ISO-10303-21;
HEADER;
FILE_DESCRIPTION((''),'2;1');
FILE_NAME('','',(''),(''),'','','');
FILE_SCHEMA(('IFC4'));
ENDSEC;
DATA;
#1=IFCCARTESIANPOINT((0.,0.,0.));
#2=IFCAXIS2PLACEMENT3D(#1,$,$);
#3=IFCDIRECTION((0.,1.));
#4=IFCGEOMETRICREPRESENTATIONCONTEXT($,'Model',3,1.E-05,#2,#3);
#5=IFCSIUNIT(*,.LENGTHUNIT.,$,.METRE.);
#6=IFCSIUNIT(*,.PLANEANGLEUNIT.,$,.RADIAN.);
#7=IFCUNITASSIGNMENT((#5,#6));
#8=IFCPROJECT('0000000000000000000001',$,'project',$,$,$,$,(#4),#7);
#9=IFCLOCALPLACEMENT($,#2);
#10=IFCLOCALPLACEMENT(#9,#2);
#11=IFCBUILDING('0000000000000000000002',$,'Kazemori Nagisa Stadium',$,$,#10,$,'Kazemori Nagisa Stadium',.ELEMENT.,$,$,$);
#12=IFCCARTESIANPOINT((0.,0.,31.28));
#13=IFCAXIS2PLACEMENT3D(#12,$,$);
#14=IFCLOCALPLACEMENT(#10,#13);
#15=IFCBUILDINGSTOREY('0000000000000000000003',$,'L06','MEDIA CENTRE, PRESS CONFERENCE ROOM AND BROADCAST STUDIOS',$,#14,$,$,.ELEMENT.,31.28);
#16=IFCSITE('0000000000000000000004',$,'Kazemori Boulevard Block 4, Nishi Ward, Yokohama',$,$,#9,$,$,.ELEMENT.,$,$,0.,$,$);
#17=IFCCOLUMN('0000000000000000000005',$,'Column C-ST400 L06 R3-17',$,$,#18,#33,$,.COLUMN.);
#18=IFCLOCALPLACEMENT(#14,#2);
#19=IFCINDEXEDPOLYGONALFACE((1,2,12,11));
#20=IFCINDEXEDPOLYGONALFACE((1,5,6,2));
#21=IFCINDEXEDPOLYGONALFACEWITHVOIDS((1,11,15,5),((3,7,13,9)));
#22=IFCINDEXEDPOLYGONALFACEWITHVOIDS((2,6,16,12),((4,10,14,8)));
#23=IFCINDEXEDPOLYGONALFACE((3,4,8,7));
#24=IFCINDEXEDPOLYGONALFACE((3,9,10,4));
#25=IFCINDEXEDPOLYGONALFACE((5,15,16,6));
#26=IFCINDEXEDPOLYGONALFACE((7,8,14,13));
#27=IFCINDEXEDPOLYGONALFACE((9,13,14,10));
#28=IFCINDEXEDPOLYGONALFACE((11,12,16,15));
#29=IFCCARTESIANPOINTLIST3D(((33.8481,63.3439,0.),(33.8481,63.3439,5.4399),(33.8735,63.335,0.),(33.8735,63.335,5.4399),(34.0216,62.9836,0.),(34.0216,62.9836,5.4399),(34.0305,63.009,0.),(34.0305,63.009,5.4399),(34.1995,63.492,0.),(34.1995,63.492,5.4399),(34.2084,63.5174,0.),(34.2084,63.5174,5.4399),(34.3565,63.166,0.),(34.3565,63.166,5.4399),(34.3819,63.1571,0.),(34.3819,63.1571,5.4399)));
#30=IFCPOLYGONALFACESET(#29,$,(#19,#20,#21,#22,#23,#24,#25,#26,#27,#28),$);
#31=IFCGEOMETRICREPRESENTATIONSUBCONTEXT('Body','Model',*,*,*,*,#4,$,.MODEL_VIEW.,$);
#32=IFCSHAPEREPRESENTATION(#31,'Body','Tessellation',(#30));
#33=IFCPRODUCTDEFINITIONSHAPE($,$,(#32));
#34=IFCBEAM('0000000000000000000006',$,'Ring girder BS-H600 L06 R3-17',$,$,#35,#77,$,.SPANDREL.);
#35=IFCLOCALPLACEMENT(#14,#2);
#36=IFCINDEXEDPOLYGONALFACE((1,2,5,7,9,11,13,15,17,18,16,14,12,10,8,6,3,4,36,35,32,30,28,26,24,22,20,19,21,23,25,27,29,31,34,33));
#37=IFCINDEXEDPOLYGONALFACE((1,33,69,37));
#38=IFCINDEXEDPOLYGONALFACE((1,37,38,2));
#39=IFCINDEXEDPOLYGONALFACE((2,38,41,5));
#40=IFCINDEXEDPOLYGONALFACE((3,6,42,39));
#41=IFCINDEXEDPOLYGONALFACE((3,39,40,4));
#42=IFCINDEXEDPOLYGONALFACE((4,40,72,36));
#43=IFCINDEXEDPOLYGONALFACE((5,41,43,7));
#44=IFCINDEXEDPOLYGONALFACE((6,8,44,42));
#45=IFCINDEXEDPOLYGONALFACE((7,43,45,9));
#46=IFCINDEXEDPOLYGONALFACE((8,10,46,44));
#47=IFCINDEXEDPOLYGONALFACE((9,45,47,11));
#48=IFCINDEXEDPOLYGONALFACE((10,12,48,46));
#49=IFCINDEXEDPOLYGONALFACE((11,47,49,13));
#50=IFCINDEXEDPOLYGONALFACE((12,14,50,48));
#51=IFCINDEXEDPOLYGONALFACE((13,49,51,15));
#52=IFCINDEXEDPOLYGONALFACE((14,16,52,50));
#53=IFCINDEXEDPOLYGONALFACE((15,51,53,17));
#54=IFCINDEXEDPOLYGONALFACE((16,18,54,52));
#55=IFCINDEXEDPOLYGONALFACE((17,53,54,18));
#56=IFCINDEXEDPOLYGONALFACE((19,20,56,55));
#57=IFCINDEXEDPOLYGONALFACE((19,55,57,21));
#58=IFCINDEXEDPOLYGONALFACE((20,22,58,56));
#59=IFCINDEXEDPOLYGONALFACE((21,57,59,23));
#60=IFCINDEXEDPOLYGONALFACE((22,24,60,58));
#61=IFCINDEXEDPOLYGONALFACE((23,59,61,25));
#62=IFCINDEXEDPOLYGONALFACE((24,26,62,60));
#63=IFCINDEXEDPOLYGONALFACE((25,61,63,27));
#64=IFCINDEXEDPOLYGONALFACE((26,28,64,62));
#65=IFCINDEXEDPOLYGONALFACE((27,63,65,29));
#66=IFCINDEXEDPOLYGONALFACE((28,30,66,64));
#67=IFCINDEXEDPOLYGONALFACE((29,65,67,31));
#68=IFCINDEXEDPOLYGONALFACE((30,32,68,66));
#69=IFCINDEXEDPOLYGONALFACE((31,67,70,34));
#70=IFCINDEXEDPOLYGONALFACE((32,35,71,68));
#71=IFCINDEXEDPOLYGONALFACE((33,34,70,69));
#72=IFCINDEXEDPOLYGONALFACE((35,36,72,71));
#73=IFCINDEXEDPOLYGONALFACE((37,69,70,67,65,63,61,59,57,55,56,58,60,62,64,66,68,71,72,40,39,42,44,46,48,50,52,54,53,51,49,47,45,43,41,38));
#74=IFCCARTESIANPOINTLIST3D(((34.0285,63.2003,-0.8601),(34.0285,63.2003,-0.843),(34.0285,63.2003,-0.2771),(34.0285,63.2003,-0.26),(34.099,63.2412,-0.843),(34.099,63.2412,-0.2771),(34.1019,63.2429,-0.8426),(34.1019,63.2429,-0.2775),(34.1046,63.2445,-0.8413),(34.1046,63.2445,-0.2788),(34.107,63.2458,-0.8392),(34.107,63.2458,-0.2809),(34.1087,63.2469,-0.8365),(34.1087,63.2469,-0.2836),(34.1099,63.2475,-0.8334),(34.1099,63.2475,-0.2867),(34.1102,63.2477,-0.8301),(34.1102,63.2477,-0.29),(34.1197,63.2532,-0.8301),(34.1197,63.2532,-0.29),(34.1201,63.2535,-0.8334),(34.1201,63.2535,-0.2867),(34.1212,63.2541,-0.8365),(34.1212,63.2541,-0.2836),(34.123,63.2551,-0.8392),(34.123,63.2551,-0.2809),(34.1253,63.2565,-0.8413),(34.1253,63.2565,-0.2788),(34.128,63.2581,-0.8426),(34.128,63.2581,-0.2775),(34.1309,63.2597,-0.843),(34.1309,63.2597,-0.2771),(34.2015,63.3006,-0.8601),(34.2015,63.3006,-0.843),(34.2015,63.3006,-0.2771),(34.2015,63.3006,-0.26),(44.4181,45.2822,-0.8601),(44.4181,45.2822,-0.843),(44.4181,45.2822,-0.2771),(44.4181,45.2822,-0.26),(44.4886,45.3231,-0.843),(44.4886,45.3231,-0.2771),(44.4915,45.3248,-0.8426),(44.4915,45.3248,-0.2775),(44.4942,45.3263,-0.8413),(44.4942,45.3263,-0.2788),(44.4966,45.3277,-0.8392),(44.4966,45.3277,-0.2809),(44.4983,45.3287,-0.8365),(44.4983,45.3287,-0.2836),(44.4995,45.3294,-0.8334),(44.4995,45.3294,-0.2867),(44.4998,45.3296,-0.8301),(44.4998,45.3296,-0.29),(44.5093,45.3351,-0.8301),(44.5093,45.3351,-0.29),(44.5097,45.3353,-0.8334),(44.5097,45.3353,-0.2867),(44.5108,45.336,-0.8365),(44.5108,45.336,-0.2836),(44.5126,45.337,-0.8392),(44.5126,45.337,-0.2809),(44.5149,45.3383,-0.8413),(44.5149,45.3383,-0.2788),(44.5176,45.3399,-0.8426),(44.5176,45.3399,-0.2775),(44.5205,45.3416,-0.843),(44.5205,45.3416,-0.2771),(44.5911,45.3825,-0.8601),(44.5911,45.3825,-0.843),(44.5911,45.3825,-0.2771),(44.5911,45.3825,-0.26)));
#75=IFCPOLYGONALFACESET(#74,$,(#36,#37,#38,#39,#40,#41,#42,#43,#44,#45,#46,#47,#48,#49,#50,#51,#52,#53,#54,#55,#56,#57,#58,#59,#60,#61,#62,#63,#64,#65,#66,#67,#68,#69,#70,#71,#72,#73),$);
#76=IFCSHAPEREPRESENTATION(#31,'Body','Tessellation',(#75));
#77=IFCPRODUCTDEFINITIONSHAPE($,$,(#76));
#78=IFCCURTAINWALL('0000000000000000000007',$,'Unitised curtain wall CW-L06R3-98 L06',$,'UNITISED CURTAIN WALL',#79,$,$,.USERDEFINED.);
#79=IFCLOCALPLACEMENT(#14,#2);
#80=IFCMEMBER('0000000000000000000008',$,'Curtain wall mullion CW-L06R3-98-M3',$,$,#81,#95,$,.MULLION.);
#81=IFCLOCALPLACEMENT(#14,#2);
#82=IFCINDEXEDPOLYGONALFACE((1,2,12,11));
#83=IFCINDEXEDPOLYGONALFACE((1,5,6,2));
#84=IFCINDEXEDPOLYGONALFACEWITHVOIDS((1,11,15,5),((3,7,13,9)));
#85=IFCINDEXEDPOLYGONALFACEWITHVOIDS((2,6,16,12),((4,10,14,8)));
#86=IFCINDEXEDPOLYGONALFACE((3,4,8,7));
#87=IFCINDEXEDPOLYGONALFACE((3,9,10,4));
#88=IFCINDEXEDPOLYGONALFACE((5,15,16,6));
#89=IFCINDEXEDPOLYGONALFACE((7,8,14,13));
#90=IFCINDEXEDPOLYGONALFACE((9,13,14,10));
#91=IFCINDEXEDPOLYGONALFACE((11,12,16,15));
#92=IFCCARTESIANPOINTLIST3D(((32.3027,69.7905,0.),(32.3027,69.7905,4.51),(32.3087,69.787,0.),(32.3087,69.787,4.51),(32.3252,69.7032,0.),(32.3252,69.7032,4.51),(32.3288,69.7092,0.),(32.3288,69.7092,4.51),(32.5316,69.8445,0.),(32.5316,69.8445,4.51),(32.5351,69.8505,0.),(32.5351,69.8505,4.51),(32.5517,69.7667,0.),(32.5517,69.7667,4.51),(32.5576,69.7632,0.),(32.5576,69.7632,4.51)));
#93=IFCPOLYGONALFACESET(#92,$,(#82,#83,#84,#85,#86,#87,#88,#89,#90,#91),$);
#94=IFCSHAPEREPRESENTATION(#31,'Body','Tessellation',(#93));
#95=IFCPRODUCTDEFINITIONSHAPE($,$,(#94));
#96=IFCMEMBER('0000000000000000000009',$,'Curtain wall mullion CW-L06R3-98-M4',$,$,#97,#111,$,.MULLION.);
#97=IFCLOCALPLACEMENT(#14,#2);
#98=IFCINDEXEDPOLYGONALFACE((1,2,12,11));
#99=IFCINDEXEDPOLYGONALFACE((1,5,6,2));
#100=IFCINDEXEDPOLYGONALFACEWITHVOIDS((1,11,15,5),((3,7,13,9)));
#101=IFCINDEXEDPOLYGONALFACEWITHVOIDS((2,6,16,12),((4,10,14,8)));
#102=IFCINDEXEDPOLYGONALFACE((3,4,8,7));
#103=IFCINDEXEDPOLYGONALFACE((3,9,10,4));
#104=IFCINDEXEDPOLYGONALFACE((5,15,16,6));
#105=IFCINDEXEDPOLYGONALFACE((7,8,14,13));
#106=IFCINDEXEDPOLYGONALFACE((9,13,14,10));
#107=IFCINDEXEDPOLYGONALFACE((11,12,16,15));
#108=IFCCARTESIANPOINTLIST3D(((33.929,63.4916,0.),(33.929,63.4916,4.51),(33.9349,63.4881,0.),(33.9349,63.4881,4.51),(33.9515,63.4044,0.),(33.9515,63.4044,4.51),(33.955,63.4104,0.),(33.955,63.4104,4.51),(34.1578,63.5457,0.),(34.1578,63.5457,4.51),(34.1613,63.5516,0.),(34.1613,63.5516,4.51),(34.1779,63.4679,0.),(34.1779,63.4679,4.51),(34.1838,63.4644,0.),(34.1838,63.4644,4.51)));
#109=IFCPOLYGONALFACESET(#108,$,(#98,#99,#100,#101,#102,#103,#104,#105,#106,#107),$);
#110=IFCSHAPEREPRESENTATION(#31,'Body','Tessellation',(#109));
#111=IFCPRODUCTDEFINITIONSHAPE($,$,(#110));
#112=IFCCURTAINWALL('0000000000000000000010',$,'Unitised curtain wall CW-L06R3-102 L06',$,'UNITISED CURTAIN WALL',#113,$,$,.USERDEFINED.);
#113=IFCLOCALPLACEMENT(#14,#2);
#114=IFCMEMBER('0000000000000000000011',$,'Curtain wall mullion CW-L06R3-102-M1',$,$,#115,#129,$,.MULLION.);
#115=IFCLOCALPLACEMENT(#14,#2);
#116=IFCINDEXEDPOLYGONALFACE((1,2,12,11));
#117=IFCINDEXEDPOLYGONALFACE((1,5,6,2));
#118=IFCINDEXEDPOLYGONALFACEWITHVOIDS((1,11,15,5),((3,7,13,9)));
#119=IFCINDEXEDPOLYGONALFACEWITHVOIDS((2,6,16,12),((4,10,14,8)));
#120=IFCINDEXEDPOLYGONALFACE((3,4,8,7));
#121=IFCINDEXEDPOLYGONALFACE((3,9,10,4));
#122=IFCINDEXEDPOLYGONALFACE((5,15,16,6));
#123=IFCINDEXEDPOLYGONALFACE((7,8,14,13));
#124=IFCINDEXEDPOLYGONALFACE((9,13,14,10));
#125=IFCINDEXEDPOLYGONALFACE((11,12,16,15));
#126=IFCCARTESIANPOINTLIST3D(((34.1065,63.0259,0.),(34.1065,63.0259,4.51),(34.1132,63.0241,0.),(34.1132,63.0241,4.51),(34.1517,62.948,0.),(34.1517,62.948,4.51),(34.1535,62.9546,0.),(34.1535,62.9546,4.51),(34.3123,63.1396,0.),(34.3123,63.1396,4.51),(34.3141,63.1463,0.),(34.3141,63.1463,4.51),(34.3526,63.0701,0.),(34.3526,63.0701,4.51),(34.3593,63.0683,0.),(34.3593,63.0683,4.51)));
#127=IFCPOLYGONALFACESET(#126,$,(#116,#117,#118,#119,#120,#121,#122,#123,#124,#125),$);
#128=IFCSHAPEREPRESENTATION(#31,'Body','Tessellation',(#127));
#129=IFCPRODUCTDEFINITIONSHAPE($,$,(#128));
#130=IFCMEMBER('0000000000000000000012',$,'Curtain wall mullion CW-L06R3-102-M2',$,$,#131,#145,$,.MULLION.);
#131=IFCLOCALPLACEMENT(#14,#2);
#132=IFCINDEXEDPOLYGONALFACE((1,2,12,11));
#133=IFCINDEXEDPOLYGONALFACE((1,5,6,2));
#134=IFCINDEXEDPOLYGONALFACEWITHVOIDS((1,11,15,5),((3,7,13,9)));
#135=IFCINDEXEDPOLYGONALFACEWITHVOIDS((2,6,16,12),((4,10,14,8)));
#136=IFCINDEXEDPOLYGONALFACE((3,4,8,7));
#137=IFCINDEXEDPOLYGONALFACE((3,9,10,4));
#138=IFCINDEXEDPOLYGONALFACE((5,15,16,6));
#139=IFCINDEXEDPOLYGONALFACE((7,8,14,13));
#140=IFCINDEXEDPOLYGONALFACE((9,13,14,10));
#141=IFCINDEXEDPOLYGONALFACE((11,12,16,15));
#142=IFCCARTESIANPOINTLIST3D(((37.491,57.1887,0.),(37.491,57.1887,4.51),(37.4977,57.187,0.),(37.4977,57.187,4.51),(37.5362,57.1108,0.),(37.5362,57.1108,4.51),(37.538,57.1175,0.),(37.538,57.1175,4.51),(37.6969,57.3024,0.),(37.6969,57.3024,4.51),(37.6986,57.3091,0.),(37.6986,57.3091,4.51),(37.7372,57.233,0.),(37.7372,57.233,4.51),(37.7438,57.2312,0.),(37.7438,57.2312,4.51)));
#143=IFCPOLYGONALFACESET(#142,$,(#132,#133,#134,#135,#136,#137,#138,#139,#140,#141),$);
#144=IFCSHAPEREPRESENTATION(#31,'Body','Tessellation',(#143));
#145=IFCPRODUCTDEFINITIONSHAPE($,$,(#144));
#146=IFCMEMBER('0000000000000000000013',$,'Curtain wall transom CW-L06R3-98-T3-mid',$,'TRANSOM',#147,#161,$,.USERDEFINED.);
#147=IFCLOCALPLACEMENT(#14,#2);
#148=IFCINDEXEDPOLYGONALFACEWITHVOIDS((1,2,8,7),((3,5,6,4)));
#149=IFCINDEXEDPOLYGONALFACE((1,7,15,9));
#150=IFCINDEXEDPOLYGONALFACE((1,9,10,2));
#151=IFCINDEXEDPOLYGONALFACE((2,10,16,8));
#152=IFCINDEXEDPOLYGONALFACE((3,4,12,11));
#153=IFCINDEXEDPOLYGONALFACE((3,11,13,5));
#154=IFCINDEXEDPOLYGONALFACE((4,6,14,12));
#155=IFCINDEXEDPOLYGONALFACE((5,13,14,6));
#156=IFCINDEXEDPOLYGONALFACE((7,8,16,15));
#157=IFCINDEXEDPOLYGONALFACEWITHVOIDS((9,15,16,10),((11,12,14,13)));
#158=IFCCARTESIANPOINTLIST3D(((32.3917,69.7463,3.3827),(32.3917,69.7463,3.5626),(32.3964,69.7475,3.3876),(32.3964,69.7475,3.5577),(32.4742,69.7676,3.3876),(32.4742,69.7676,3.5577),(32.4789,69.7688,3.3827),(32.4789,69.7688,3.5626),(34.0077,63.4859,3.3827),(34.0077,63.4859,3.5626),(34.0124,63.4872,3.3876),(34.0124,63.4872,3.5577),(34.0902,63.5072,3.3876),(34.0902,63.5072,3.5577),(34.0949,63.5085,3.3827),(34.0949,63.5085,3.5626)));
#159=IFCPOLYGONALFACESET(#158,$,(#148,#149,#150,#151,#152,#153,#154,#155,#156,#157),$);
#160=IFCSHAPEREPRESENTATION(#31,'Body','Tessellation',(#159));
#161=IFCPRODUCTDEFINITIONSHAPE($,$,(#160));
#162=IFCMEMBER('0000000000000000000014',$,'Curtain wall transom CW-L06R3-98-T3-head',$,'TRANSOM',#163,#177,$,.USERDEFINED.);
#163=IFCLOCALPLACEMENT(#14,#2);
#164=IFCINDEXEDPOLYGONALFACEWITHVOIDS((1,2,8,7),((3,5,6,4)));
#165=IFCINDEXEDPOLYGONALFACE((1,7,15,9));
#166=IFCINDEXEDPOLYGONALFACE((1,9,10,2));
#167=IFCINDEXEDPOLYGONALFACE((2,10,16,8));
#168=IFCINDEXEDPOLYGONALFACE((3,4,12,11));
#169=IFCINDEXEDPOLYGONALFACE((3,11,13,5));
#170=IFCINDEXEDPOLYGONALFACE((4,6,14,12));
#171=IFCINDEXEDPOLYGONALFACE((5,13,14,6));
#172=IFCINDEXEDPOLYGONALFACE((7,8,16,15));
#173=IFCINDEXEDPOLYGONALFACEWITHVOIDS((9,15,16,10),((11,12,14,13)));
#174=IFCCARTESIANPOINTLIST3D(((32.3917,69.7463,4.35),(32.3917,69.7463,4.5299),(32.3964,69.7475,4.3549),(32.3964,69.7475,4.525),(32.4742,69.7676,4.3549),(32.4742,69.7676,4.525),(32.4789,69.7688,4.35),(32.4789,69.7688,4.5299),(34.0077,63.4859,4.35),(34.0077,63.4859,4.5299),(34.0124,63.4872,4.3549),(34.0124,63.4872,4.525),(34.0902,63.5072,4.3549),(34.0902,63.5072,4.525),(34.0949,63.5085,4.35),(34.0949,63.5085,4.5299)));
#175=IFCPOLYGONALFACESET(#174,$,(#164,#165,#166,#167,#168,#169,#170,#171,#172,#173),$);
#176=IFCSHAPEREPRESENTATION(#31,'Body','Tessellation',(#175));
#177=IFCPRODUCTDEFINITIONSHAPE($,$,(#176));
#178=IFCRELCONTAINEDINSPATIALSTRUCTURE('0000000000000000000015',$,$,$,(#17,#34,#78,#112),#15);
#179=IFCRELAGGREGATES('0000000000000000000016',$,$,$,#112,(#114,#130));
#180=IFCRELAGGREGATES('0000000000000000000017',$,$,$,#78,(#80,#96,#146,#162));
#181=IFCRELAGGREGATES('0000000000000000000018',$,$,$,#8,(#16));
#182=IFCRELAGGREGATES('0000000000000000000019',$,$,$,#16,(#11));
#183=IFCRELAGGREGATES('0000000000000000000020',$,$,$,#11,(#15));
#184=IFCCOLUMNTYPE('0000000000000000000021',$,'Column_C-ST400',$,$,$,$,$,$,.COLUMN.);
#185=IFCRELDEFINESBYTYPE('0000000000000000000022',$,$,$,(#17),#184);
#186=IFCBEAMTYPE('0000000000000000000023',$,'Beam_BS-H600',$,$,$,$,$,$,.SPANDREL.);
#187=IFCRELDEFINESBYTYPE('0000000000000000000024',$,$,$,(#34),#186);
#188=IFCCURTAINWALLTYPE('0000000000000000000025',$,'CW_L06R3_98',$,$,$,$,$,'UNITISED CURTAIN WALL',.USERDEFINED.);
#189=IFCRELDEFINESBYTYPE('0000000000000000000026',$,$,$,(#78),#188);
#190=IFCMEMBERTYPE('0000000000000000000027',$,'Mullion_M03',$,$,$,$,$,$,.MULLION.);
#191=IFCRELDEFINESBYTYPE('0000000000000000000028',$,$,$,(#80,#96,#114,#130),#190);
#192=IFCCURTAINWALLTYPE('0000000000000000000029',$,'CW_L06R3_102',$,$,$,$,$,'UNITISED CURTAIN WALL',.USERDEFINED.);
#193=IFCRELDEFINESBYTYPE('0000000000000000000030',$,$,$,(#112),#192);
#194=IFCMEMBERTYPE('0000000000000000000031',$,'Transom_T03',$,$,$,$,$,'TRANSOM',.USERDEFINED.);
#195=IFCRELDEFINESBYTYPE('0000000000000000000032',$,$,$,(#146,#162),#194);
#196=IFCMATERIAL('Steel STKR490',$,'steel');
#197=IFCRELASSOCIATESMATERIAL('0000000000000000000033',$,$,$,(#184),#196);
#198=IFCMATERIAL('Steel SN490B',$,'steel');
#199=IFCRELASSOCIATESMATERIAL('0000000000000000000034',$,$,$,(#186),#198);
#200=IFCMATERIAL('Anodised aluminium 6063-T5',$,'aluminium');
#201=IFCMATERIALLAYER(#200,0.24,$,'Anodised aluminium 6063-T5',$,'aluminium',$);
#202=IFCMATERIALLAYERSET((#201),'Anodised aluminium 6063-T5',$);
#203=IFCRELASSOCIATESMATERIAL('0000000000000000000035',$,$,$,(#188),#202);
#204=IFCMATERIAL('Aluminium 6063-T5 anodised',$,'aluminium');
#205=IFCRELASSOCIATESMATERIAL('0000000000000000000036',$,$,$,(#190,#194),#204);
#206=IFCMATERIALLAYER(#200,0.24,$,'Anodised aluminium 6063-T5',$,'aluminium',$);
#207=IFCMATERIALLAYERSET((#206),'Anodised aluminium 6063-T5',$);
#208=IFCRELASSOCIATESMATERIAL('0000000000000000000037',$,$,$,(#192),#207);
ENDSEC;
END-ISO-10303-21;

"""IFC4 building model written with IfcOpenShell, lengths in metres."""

from ifc_helpers import new_model, si_unit, direction, frame, origin, origin_2d, place, context, subcontext, project, spatial, hollow_rectangle, i_section, extrude, material, layer, layer_set, material_profile, profile_set, type_object, element, aggregate, save


model = new_model("IFC4")

# Units and contexts
model_context = context("Model", 3, precision=1e-05, world=origin(), true_north=direction((0.0, 1.0)))
body_context = subcontext(model_context, "Body", "Model", "MODEL_VIEW")
ifc_project = project(units=[si_unit("LENGTHUNIT", "METRE"), si_unit("PLANEANGLEUNIT", "RADIAN")], contexts=[model_context])

# Site, building, storey
site_placement = place(None, origin())
site = spatial("IfcSite", under=ifc_project, at=site_placement, Name="Kazemori Boulevard Block 4, Nishi Ward, Yokohama", CompositionType="ELEMENT", RefElevation=0.0)
building_placement = place(site_placement, origin())
building = spatial("IfcBuilding", under=site, at=building_placement, Name="Kazemori Nagisa Stadium", LongName="Kazemori Nagisa Stadium", CompositionType="ELEMENT")
storey_placement = place(building_placement, frame((0.0, 0.0, 31.28)))
storey = spatial("IfcBuildingStorey", under=building, at=storey_placement, Name="L06", Description="MEDIA CENTRE, PRESS CONFERENCE ROOM AND BROADCAST STUDIOS", CompositionType="ELEMENT", Elevation=31.28)

# Column
ifc_material_1 = material(Name="Steel STKR490", Category="steel")
ifc_material_profile_1 = material_profile(ifc_material_1, hollow_rectangle(XDim=0.3999, YDim=0.3999, WallThickness=0.019, at=origin_2d()), Name="SHS-400x400x19")
ifc_profile_set_1 = profile_set([ifc_material_profile_1], Name="Steel STKR490")
column_type = type_object("IfcColumnType", Name="Column_C-ST400", PredefinedType="COLUMN", material=ifc_profile_set_1)
column_placement = place(storey_placement, frame((34.115, 63.2505, 0.0), z_axis=(0.0, 0.0, 1.0), x_axis=(-0.900969, -0.433884, 0.0)))
element("IfcColumn", 1, at=column_placement, inside=storey, type_object=column_type, Name="Column C-ST400 L06 R3-17", PredefinedType="COLUMN", context=body_context, shape_type="SweptSolid", body=[
    extrude(hollow_rectangle(XDim=0.3999, YDim=0.3999, WallThickness=0.019, at=origin_2d()), origin(), (0.0, 0.0, 1.0), 5.4399),
])

# Beam
ifc_material_2 = material(Name="Steel SN490B", Category="steel")
ifc_material_profile_2 = material_profile(ifc_material_2, i_section(OverallWidth=0.2, OverallDepth=0.6001, WebThickness=0.011, FlangeThickness=0.0171, FilletRadius=0.0129, at=origin_2d()), Name="H-600x200x11x17")
ifc_profile_set_2 = profile_set([ifc_material_profile_2], Name="Steel SN490B")
beam_type = type_object("IfcBeamType", Name="Beam_BS-H600", PredefinedType="SPANDREL", material=ifc_profile_set_2)
beam_placement = place(storey_placement, frame((34.115, 63.2505, -0.5601), z_axis=(0.501613, -0.865092, 0.0), x_axis=(0.865092, 0.501613, 0.0)))
element("IfcBeam", 2, at=beam_placement, inside=storey, type_object=beam_type, Name="Ring girder BS-H600 L06 R3-17", PredefinedType="SPANDREL", context=body_context, shape_type="SweptSolid", body=[
    extrude(i_section(OverallWidth=0.2, OverallDepth=0.6001, WebThickness=0.011, FlangeThickness=0.0171, FilletRadius=0.0129, at=origin_2d()), origin(), (0.0, 0.0, 1.0), 20.7124),
])

# Curtain walls, members
ifc_material_3 = material(Name="Anodised aluminium 6063-T5", Category="aluminium")
ifc_layer_1 = layer(ifc_material_3, 0.24, Name="Anodised aluminium 6063-T5", Category="aluminium")
ifc_layer_set_1 = layer_set([ifc_layer_1], Name="Anodised aluminium 6063-T5")
curtain_wall_type_1 = type_object("IfcCurtainWallType", Name="CW_L06R3_98", ElementType="UNITISED CURTAIN WALL", PredefinedType="USERDEFINED", material=ifc_layer_set_1)
curtain_wall_1_placement = place(storey_placement, origin())
curtain_wall_1 = element("IfcCurtainWall", 3, at=curtain_wall_1_placement, inside=storey, type_object=curtain_wall_type_1, Name="Unitised curtain wall CW-L06R3-98 L06", ObjectType="UNITISED CURTAIN WALL", PredefinedType="USERDEFINED")
ifc_material_4 = material(Name="Aluminium 6063-T5 anodised", Category="aluminium")
ifc_material_profile_3 = material_profile(ifc_material_4, hollow_rectangle(XDim=0.0901, YDim=0.24, WallThickness=0.0049, at=origin_2d()), Name="ALU-MULL-90x240x5")
ifc_profile_set_3 = profile_set([ifc_material_profile_3], Name="Aluminium 6063-T5 anodised")
member_type_1 = type_object("IfcMemberType", Name="Mullion_M03", PredefinedType="MULLION", material=ifc_profile_set_3)
member_1_placement = place(storey_placement, frame((32.4302, 69.7769, 0.0), z_axis=(0.0, 0.0, 1.0), x_axis=(0.249965, -0.968255, 0.0)))
member_1 = element("IfcMember", 4, at=member_1_placement, type_object=member_type_1, Name="Curtain wall mullion CW-L06R3-98-M3", PredefinedType="MULLION", context=body_context, shape_type="SweptSolid", body=[
    extrude(hollow_rectangle(XDim=0.0901, YDim=0.24, WallThickness=0.0049, at=origin_2d()), origin(), (0.0, 0.0, 1.0), 4.51),
])
member_2_placement = place(storey_placement, frame((34.0564, 63.478, 0.0), z_axis=(0.0, 0.0, 1.0), x_axis=(0.249965, -0.968255, 0.0)))
member_2 = element("IfcMember", 5, at=member_2_placement, type_object=member_type_1, Name="Curtain wall mullion CW-L06R3-98-M4", PredefinedType="MULLION", context=body_context, shape_type="SweptSolid", body=[
    extrude(hollow_rectangle(XDim=0.0901, YDim=0.24, WallThickness=0.0049, at=origin_2d()), origin(), (0.0, 0.0, 1.0), 4.51),
])
ifc_layer_2 = layer(ifc_material_3, 0.24, Name="Anodised aluminium 6063-T5", Category="aluminium")
ifc_layer_set_2 = layer_set([ifc_layer_2], Name="Anodised aluminium 6063-T5")
curtain_wall_type_2 = type_object("IfcCurtainWallType", Name="CW_L06R3_102", ElementType="UNITISED CURTAIN WALL", PredefinedType="USERDEFINED", material=ifc_layer_set_2)
curtain_wall_2_placement = place(storey_placement, origin())
curtain_wall_2 = element("IfcCurtainWall", 6, at=curtain_wall_2_placement, inside=storey, type_object=curtain_wall_type_2, Name="Unitised curtain wall CW-L06R3-102 L06", ObjectType="UNITISED CURTAIN WALL", PredefinedType="USERDEFINED")
member_3_placement = place(storey_placement, frame((34.2329, 63.0471, 0.0), z_axis=(0.0, 0.0, 1.0), x_axis=(0.501612, -0.865093, 0.0)))
member_3 = element("IfcMember", 7, at=member_3_placement, type_object=member_type_1, Name="Curtain wall mullion CW-L06R3-102-M1", PredefinedType="MULLION", context=body_context, shape_type="SweptSolid", body=[
    extrude(hollow_rectangle(XDim=0.0901, YDim=0.24, WallThickness=0.0049, at=origin_2d()), origin(), (0.0, 0.0, 1.0), 4.51),
])
member_4_placement = place(storey_placement, frame((37.6174, 57.21, 0.0), z_axis=(0.0, 0.0, 1.0), x_axis=(0.501612, -0.865093, 0.0)))
member_4 = element("IfcMember", 8, at=member_4_placement, type_object=member_type_1, Name="Curtain wall mullion CW-L06R3-102-M2", PredefinedType="MULLION", context=body_context, shape_type="SweptSolid", body=[
    extrude(hollow_rectangle(XDim=0.0901, YDim=0.24, WallThickness=0.0049, at=origin_2d()), origin(), (0.0, 0.0, 1.0), 4.51),
])

# Members
ifc_material_profile_4 = material_profile(ifc_material_4, hollow_rectangle(XDim=0.0901, YDim=0.1799, WallThickness=0.0049, at=origin_2d()), Name="ALU-TRAN-90x180x5")
ifc_profile_set_4 = profile_set([ifc_material_profile_4], Name="Aluminium 6063-T5 anodised")
member_type_2 = type_object("IfcMemberType", Name="Transom_T03", ElementType="TRANSOM", PredefinedType="USERDEFINED", material=ifc_profile_set_4)
member_5_placement = place(storey_placement, frame((32.4353, 69.7576, 3.4727), z_axis=(0.249939, -0.968262, 0.0), x_axis=(0.968262, 0.249939, 0.0)))
member_5 = element("IfcMember", 9, at=member_5_placement, type_object=member_type_2, Name="Curtain wall transom CW-L06R3-98-T3-mid", ObjectType="TRANSOM", PredefinedType="USERDEFINED", context=body_context, shape_type="SweptSolid", body=[
    extrude(hollow_rectangle(XDim=0.0901, YDim=0.1799, WallThickness=0.0049, at=origin_2d()), origin(), (0.0, 0.0, 1.0), 6.4656),
])
member_6_placement = place(storey_placement, frame((32.4353, 69.7576, 4.4399), z_axis=(0.249939, -0.968262, 0.0), x_axis=(0.968262, 0.249939, 0.0)))
member_6 = element("IfcMember", 10, at=member_6_placement, type_object=member_type_2, Name="Curtain wall transom CW-L06R3-98-T3-head", ObjectType="TRANSOM", PredefinedType="USERDEFINED", context=body_context, shape_type="SweptSolid", body=[
    extrude(hollow_rectangle(XDim=0.0901, YDim=0.1799, WallThickness=0.0049, at=origin_2d()), origin(), (0.0, 0.0, 1.0), 6.4656),
])

aggregate(curtain_wall_2, [member_3, member_4])
aggregate(curtain_wall_1, [member_1, member_2, member_5, member_6])

save(model, "model.ifc")
